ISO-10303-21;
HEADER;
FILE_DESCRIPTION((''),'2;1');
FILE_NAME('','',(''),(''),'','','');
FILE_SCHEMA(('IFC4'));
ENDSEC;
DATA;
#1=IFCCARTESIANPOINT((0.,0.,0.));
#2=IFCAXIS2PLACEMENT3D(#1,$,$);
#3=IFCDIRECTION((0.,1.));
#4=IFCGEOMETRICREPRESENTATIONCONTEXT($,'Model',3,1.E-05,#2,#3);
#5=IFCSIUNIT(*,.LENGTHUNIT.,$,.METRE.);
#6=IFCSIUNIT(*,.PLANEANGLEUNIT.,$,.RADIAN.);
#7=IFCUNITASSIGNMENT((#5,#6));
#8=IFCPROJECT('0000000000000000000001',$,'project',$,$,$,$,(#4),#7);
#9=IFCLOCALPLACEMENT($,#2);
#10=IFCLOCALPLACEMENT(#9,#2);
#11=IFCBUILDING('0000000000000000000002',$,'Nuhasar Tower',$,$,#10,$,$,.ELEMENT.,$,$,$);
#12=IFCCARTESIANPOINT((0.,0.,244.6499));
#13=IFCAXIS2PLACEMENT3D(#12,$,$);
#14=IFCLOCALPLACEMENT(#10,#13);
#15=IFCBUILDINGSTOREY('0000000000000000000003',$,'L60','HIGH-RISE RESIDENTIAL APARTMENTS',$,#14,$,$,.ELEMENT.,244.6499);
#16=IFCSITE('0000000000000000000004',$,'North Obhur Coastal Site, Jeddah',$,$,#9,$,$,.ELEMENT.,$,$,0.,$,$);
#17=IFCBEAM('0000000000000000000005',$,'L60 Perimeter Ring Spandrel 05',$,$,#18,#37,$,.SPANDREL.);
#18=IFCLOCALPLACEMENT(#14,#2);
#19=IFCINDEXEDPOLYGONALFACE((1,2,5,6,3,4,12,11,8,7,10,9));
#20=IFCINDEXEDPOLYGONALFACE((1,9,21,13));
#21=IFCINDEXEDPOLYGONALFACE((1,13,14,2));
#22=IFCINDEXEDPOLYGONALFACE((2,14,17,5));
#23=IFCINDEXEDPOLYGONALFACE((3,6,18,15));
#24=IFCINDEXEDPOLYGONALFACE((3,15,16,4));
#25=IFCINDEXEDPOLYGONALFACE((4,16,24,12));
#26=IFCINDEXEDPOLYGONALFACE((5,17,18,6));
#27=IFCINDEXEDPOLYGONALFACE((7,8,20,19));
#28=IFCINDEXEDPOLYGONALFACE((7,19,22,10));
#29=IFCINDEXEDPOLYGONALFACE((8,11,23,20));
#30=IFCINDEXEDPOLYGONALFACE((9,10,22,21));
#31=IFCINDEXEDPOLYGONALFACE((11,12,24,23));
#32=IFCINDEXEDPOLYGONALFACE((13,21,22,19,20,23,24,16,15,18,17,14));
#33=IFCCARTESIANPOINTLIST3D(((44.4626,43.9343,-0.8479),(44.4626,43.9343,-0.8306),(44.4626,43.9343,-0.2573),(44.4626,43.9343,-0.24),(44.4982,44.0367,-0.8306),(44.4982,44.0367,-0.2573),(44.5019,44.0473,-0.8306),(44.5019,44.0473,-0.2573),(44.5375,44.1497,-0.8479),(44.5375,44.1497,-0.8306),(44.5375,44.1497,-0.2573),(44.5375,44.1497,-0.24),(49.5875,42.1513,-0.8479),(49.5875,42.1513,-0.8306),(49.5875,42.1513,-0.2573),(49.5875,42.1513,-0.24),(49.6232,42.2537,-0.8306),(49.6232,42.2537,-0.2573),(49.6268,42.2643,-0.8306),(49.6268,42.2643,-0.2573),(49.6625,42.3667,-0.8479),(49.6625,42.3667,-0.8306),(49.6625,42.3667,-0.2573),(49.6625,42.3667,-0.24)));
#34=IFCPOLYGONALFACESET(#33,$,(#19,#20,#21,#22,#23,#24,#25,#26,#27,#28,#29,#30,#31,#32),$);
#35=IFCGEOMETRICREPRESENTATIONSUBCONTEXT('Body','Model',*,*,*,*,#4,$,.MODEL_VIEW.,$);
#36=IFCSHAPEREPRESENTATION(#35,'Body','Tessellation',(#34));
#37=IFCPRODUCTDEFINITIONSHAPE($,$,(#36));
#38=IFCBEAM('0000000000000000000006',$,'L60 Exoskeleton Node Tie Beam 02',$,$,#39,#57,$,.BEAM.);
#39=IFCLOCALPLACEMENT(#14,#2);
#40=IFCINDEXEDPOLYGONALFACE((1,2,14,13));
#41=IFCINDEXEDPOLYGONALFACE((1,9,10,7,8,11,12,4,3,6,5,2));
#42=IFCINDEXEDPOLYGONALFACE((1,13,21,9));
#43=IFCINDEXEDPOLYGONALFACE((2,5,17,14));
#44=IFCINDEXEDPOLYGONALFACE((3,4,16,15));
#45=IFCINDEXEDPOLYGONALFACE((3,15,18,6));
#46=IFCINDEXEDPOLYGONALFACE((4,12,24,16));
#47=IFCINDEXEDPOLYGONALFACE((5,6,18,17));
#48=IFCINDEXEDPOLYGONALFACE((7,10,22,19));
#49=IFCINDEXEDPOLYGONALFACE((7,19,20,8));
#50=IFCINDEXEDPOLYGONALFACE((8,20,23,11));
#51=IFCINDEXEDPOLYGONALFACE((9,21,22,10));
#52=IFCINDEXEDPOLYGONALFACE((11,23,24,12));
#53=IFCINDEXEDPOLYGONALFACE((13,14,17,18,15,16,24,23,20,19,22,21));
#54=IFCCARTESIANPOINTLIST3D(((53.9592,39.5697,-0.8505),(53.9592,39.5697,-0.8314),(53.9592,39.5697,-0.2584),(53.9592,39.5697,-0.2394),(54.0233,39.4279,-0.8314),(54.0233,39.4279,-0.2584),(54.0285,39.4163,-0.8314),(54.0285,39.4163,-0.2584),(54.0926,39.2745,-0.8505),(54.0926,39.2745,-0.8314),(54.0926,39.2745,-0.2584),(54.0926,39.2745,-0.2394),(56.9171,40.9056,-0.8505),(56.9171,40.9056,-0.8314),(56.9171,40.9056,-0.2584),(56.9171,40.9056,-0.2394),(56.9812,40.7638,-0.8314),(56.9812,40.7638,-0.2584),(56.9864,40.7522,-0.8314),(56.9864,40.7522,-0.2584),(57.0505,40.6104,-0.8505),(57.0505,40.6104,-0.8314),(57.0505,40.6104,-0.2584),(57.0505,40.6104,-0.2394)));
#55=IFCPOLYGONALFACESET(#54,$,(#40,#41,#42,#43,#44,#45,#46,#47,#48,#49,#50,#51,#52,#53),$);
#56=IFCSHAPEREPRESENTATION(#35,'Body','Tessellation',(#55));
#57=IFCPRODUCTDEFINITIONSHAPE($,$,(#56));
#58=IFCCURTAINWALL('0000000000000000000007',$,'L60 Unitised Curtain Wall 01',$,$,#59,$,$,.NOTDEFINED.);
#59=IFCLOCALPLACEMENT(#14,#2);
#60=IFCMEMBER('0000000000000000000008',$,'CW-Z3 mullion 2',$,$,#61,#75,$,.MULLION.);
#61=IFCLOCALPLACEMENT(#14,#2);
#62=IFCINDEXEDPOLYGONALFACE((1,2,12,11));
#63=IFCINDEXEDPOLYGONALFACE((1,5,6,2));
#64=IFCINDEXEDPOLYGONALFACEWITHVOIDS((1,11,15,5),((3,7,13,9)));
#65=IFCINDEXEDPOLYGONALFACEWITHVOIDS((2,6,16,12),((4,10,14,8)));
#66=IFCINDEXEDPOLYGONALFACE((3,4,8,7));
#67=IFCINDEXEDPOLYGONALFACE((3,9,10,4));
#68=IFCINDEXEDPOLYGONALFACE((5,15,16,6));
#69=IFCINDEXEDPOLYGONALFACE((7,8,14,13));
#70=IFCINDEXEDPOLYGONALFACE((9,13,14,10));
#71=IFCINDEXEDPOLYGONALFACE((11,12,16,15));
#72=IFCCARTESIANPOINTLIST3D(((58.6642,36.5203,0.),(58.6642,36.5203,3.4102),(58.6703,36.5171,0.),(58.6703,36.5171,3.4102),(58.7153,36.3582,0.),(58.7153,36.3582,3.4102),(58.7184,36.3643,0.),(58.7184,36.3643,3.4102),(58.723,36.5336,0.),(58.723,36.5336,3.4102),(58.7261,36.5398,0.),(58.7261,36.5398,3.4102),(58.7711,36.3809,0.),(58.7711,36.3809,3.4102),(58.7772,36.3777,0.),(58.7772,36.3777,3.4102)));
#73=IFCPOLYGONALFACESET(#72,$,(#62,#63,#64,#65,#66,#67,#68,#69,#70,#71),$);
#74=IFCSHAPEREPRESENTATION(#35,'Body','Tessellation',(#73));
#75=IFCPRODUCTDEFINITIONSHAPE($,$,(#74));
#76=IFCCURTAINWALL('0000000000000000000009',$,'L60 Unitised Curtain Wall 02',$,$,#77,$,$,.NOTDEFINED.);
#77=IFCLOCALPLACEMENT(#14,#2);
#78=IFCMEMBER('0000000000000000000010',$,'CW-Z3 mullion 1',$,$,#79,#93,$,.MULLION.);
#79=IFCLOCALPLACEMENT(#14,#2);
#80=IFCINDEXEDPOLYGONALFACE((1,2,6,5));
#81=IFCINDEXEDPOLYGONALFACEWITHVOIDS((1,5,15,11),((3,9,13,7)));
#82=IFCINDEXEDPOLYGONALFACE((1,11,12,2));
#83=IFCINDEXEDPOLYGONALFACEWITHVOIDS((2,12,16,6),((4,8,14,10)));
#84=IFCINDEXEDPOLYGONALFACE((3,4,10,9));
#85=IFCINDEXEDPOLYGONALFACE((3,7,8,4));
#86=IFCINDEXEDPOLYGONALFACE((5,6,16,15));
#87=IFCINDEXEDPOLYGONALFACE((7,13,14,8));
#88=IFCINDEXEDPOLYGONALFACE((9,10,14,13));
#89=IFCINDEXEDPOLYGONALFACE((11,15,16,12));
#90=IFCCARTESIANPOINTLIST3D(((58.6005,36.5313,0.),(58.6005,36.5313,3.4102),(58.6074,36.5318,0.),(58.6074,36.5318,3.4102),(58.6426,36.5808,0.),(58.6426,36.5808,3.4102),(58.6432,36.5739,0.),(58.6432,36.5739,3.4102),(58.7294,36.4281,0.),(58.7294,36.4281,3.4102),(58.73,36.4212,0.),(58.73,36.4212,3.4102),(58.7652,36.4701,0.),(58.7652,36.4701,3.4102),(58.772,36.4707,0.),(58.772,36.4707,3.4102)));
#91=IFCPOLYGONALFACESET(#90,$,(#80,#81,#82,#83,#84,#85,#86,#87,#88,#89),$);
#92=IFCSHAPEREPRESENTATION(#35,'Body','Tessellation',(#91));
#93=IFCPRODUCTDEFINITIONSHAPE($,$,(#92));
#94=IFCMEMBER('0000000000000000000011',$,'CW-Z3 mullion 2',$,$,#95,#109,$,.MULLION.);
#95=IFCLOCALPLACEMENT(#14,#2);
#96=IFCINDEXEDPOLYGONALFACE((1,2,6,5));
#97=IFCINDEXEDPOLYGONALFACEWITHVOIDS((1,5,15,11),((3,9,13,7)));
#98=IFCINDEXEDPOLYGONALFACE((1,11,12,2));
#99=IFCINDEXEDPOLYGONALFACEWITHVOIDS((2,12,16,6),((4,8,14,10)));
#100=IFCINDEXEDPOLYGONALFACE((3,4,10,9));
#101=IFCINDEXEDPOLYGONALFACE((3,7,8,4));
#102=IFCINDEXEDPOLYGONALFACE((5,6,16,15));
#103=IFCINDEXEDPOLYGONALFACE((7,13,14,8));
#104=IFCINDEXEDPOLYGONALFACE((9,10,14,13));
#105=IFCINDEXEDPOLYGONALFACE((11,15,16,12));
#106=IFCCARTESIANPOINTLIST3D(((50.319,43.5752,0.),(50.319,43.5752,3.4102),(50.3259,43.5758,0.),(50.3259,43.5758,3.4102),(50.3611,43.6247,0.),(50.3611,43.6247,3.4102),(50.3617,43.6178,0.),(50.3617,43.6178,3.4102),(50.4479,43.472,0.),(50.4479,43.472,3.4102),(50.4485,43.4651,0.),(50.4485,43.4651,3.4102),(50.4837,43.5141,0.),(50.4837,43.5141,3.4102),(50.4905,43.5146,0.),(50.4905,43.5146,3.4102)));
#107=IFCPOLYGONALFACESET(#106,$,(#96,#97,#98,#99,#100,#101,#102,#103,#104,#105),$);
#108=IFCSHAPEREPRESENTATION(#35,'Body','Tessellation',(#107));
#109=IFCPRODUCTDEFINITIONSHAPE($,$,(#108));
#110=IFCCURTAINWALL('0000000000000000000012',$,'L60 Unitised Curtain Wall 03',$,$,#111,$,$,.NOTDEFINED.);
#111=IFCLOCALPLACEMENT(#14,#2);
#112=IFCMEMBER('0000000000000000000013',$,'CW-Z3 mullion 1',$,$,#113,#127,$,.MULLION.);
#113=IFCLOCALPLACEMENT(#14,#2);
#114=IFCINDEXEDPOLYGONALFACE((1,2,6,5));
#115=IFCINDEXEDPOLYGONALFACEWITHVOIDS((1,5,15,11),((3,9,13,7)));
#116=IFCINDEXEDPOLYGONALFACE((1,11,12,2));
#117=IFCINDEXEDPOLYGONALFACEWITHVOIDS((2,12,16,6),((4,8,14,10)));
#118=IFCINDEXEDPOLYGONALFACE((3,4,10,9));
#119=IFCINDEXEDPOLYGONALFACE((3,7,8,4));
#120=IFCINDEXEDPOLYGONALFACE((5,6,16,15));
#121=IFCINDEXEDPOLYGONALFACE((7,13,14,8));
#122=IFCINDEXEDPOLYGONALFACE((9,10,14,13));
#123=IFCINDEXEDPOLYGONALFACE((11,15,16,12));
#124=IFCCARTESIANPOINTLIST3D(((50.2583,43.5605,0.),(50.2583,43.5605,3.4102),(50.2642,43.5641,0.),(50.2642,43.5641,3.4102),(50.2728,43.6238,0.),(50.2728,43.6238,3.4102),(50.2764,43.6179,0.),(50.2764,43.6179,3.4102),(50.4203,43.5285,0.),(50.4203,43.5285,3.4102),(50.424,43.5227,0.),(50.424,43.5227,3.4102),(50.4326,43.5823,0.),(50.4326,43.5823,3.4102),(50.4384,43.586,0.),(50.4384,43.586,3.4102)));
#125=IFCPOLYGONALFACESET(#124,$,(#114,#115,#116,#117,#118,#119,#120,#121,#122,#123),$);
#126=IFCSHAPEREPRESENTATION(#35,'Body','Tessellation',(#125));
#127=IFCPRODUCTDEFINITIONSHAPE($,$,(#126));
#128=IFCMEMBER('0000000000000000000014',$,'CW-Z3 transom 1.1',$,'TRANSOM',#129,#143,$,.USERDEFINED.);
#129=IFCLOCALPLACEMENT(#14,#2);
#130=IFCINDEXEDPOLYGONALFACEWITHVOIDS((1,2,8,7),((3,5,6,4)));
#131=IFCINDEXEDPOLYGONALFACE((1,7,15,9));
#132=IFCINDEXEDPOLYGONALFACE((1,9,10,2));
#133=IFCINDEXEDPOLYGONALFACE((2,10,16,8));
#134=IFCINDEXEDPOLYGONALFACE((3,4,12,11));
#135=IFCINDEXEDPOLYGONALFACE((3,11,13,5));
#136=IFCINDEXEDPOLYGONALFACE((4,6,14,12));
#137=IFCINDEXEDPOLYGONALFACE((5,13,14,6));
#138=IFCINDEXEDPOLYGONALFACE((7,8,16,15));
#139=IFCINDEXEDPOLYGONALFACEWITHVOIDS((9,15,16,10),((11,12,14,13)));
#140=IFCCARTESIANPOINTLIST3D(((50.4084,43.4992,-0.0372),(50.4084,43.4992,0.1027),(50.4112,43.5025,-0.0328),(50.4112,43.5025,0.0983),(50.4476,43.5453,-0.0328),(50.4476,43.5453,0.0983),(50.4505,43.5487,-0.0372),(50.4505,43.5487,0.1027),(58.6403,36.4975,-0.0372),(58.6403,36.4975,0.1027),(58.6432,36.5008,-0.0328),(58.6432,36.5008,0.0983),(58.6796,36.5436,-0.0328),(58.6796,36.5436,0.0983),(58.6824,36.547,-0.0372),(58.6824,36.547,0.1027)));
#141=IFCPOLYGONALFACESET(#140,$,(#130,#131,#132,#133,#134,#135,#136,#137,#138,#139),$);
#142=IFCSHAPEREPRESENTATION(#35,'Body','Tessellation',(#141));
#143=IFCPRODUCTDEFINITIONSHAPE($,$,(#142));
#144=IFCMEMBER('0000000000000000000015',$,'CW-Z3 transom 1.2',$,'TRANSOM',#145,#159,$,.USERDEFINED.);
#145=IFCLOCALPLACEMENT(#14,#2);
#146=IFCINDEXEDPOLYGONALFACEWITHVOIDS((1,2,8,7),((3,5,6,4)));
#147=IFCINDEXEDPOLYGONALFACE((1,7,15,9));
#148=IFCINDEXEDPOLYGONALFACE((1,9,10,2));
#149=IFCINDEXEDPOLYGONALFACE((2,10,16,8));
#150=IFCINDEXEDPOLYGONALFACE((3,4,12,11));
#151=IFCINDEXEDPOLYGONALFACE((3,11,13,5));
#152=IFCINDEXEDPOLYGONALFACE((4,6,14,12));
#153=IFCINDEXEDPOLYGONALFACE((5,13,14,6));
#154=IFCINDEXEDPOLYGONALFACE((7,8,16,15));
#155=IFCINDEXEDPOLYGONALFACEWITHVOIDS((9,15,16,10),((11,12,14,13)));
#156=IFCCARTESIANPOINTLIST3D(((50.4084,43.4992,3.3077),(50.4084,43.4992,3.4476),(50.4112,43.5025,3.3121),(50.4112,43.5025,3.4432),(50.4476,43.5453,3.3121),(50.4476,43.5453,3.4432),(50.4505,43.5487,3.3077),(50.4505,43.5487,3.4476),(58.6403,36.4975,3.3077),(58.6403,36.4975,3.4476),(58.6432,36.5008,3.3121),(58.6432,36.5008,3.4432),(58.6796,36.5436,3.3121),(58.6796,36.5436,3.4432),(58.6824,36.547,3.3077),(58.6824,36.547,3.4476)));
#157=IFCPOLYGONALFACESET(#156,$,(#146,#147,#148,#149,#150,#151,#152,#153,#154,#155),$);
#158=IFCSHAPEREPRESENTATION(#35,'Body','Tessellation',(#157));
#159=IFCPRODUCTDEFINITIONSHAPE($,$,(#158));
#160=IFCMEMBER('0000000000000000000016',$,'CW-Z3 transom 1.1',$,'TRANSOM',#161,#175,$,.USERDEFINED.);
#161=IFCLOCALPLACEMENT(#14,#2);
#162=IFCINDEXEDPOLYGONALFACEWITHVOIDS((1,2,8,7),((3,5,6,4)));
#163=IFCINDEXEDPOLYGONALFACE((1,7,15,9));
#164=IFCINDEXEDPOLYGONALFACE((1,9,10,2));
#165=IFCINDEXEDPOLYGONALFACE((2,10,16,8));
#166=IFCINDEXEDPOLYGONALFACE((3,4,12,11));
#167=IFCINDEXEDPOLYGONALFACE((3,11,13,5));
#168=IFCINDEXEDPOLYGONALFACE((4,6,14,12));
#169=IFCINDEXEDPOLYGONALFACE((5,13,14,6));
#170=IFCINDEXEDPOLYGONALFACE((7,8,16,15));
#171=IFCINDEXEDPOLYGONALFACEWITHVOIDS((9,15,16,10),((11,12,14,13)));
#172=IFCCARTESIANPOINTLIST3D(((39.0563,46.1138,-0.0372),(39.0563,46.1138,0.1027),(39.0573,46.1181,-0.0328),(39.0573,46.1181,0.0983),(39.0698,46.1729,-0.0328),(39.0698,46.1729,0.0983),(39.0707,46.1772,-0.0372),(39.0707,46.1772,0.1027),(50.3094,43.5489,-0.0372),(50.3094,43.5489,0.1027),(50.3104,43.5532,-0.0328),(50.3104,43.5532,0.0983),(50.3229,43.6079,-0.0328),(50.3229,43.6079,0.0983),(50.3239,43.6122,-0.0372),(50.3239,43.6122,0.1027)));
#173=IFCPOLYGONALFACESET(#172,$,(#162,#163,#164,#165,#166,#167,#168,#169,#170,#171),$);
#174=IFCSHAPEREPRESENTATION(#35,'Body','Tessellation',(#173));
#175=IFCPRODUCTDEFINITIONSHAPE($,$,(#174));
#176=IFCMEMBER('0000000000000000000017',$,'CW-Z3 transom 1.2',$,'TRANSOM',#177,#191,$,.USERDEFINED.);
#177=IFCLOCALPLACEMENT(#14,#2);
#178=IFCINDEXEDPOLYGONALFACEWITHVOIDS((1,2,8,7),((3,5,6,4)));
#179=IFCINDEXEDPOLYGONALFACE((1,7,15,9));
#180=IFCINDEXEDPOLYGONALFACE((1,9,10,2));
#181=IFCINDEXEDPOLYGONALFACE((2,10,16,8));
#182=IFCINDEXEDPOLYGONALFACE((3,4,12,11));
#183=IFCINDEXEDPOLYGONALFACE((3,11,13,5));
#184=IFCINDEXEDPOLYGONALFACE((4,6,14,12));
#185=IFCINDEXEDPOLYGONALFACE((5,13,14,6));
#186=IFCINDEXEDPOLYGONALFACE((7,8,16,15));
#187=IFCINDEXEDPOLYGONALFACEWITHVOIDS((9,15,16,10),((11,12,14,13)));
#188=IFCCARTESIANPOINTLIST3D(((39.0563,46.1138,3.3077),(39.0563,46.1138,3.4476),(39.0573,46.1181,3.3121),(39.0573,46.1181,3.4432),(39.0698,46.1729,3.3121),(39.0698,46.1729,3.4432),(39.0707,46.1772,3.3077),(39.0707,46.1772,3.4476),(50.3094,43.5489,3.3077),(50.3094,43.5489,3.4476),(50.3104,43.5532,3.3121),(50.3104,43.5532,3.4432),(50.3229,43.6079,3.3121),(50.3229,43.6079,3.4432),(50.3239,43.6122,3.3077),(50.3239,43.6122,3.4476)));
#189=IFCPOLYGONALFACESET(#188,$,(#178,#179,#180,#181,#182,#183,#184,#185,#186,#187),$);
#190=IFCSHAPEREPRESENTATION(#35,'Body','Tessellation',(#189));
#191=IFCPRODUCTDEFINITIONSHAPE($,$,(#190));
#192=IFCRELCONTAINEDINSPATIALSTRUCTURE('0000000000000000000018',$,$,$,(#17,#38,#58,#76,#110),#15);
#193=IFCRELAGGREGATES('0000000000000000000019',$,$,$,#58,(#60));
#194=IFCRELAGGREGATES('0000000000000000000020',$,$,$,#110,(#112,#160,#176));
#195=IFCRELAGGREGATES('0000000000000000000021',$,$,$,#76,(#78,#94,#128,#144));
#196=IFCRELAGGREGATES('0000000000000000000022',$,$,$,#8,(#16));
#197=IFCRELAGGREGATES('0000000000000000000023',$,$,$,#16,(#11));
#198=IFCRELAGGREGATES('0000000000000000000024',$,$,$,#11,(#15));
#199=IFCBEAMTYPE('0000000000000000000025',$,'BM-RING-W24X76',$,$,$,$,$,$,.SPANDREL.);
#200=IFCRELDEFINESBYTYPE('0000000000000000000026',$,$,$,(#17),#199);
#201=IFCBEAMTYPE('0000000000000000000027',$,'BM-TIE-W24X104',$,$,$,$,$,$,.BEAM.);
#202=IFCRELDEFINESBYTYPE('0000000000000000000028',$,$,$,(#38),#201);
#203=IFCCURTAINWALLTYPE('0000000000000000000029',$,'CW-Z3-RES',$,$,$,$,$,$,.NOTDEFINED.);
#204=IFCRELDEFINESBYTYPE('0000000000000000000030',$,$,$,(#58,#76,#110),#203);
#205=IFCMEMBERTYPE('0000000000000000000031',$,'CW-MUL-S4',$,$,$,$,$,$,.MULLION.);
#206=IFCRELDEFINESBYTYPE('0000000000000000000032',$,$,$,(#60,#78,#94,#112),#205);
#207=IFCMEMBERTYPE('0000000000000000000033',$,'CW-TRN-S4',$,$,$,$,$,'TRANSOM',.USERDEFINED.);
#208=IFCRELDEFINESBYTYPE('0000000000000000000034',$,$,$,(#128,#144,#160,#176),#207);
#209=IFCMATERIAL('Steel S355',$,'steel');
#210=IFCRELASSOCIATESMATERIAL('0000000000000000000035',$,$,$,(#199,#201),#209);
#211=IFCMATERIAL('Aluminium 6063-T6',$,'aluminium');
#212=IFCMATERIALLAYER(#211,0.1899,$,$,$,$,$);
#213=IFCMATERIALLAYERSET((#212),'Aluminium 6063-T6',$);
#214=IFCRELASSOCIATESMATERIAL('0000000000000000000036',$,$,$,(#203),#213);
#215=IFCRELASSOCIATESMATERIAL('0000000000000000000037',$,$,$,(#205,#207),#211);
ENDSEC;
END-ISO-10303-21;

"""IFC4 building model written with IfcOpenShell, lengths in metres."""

from ifc_helpers import new_model, si_unit, direction, frame, origin, origin_2d, place, context, subcontext, project, spatial, hollow_rectangle, i_section, extrude, material, layer, layer_set, material_profile, profile_set, type_object, element, aggregate, save


model = new_model("IFC4")

# Units and contexts
model_context = context("Model", 3, precision=1e-05, world=origin(), true_north=direction((0.0, 1.0)))
body_context = subcontext(model_context, "Body", "Model", "MODEL_VIEW")
ifc_project = project(units=[si_unit("LENGTHUNIT", "METRE"), si_unit("PLANEANGLEUNIT", "RADIAN")], contexts=[model_context])

# Site, building, storey
site_placement = place(None, origin())
site = spatial("IfcSite", under=ifc_project, at=site_placement, Name="North Obhur Coastal Site, Jeddah", CompositionType="ELEMENT", RefElevation=0.0)
building_placement = place(site_placement, origin())
building = spatial("IfcBuilding", under=site, at=building_placement, Name="Nuhasar Tower", CompositionType="ELEMENT")
storey_placement = place(building_placement, frame((0.0, 0.0, 244.6499)))
storey = spatial("IfcBuildingStorey", under=building, at=storey_placement, Name="L60", Description="HIGH-RISE RESIDENTIAL APARTMENTS", CompositionType="ELEMENT", Elevation=244.6499)

# Beams
ifc_material_1 = material(Name="Steel S355", Category="steel")
ifc_material_profile_1 = material_profile(ifc_material_1, i_section(OverallWidth=0.228, OverallDepth=0.6079, WebThickness=0.0112, FlangeThickness=0.0173, at=origin_2d()), Name="W24X76")
ifc_profile_set_1 = profile_set([ifc_material_profile_1], Name="Steel S355")
beam_type_1 = type_object("IfcBeamType", Name="BM-RING-W24X76", PredefinedType="SPANDREL", material=ifc_profile_set_1)
beam_1_placement = place(storey_placement, frame((49.625, 42.259, -0.5439), z_axis=(-0.944477, 0.328578, 0.0), x_axis=(-0.328578, -0.944477, 0.0)))
element("IfcBeam", 1, at=beam_1_placement, inside=storey, type_object=beam_type_1, Name="L60 Perimeter Ring Spandrel 05", PredefinedType="SPANDREL", context=body_context, shape_type="SweptSolid", body=[
    extrude(i_section(OverallWidth=0.228, OverallDepth=0.6079, WebThickness=0.0112, FlangeThickness=0.0173, at=origin_2d()), origin(), (0.0, 0.0, 1.0), 5.4263),
])
ifc_material_profile_2 = material_profile(ifc_material_1, i_section(OverallWidth=0.324, OverallDepth=0.6111, WebThickness=0.0127, FlangeThickness=0.019, at=origin_2d()), Name="W24X104")
ifc_profile_set_2 = profile_set([ifc_material_profile_2], Name="Steel S355")
beam_type_2 = type_object("IfcBeamType", Name="BM-TIE-W24X104", PredefinedType="BEAM", material=ifc_profile_set_2)
beam_2_placement = place(storey_placement, frame((54.0259, 39.4221, -0.5449), z_axis=(0.911363, 0.411603, 0.0), x_axis=(-0.411603, 0.911363, 0.0)))
element("IfcBeam", 2, at=beam_2_placement, inside=storey, type_object=beam_type_2, Name="L60 Exoskeleton Node Tie Beam 02", PredefinedType="BEAM", context=body_context, shape_type="SweptSolid", body=[
    extrude(i_section(OverallWidth=0.324, OverallDepth=0.6111, WebThickness=0.0127, FlangeThickness=0.019, at=origin_2d()), origin(), (0.0, 0.0, 1.0), 3.2456),
])

# Curtain wall, member
ifc_material_2 = material(Name="Aluminium 6063-T6", Category="aluminium")
ifc_layer_1 = layer(ifc_material_2, 0.1899)
ifc_layer_set_1 = layer_set([ifc_layer_1], Name="Aluminium 6063-T6")
curtain_wall_type = type_object("IfcCurtainWallType", Name="CW-Z3-RES", PredefinedType="NOTDEFINED", material=ifc_layer_set_1)
curtain_wall_1_placement = place(storey_placement, origin())
curtain_wall_1 = element("IfcCurtainWall", 3, at=curtain_wall_1_placement, inside=storey, type_object=curtain_wall_type, Name="L60 Unitised Curtain Wall 01", PredefinedType="NOTDEFINED")
ifc_material_profile_3 = material_profile(ifc_material_2, hollow_rectangle(XDim=0.0649, YDim=0.1699, WallThickness=0.0049, at=origin_2d()), Name="CWM-4")
ifc_profile_set_3 = profile_set([ifc_material_profile_3], Name="Aluminium 6063-T6")
member_type_1 = type_object("IfcMemberType", Name="CW-MUL-S4", PredefinedType="MULLION", material=ifc_profile_set_3)
member_1_placement = place(storey_placement, frame((58.7207, 36.449, 0.0), z_axis=(0.0, 0.0, 1.0), x_axis=(-0.953804, -0.300429, 0.0)))
member_1 = element("IfcMember", 4, at=member_1_placement, type_object=member_type_1, Name="CW-Z3 mullion 2", PredefinedType="MULLION", context=body_context, shape_type="SweptSolid", body=[
    extrude(hollow_rectangle(XDim=0.0649, YDim=0.1699, WallThickness=0.0049, at=origin_2d()), origin(), (0.0, 0.0, 1.0), 3.4102),
])
aggregate(curtain_wall_1, [member_1])

# Curtain wall, members
curtain_wall_2_placement = place(storey_placement, origin())
curtain_wall_2 = element("IfcCurtainWall", 5, at=curtain_wall_2_placement, inside=storey, type_object=curtain_wall_type, Name="L60 Unitised Curtain Wall 02", PredefinedType="NOTDEFINED")
member_2_placement = place(storey_placement, frame((58.6863, 36.501, 0.0), z_axis=(0.0, 0.0, 1.0), x_axis=(-0.647895, -0.761729, 0.0)))
member_2 = element("IfcMember", 6, at=member_2_placement, type_object=member_type_1, Name="CW-Z3 mullion 1", PredefinedType="MULLION", context=body_context, shape_type="SweptSolid", body=[
    extrude(hollow_rectangle(XDim=0.0649, YDim=0.1699, WallThickness=0.0049, at=origin_2d()), origin(), (0.0, 0.0, 1.0), 3.4102),
])
member_3_placement = place(storey_placement, frame((50.4048, 43.5449, 0.0), z_axis=(0.0, 0.0, 1.0), x_axis=(-0.647895, -0.761729, 0.0)))
member_3 = element("IfcMember", 7, at=member_3_placement, type_object=member_type_1, Name="CW-Z3 mullion 2", PredefinedType="MULLION", context=body_context, shape_type="SweptSolid", body=[
    extrude(hollow_rectangle(XDim=0.0649, YDim=0.1699, WallThickness=0.0049, at=origin_2d()), origin(), (0.0, 0.0, 1.0), 3.4102),
])

# Curtain wall, member
curtain_wall_3_placement = place(storey_placement, origin())
curtain_wall_3 = element("IfcCurtainWall", 8, at=curtain_wall_3_placement, inside=storey, type_object=curtain_wall_type, Name="L60 Unitised Curtain Wall 03", PredefinedType="NOTDEFINED")
member_4_placement = place(storey_placement, frame((50.3484, 43.5732, 0.0), z_axis=(0.0, 0.0, 1.0), x_axis=(-0.222243, -0.974991, 0.0)))
member_4 = element("IfcMember", 9, at=member_4_placement, type_object=member_type_1, Name="CW-Z3 mullion 1", PredefinedType="MULLION", context=body_context, shape_type="SweptSolid", body=[
    extrude(hollow_rectangle(XDim=0.0649, YDim=0.1699, WallThickness=0.0049, at=origin_2d()), origin(), (0.0, 0.0, 1.0), 3.4102),
])

# Members
ifc_material_profile_4 = material_profile(ifc_material_2, hollow_rectangle(XDim=0.0649, YDim=0.1399, WallThickness=0.0044, at=origin_2d()), Name="CWT-4")
ifc_profile_set_4 = profile_set([ifc_material_profile_4], Name="Aluminium 6063-T6")
member_type_2 = type_object("IfcMemberType", Name="CW-TRN-S4", ElementType="TRANSOM", PredefinedType="USERDEFINED", material=ifc_profile_set_4)
member_5_placement = place(storey_placement, frame((58.6614, 36.5222, 0.0327), z_axis=(-0.761731, 0.647894, 0.0), x_axis=(-0.647894, -0.761731, 0.0)))
member_5 = element("IfcMember", 10, at=member_5_placement, type_object=member_type_2, Name="CW-Z3 transom 1.1", ObjectType="TRANSOM", PredefinedType="USERDEFINED", context=body_context, shape_type="SweptSolid", body=[
    extrude(hollow_rectangle(XDim=0.0649, YDim=0.1399, WallThickness=0.0044, at=origin_2d()), origin(), (0.0, 0.0, 1.0), 10.8069),
])
member_6_placement = place(storey_placement, frame((58.6614, 36.5222, 3.3777), z_axis=(-0.761731, 0.647894, 0.0), x_axis=(-0.647894, -0.761731, 0.0)))
member_6 = element("IfcMember", 11, at=member_6_placement, type_object=member_type_2, Name="CW-Z3 transom 1.2", ObjectType="TRANSOM", PredefinedType="USERDEFINED", context=body_context, shape_type="SweptSolid", body=[
    extrude(hollow_rectangle(XDim=0.0649, YDim=0.1399, WallThickness=0.0044, at=origin_2d()), origin(), (0.0, 0.0, 1.0), 10.8069),
])
member_7_placement = place(storey_placement, frame((50.3167, 43.5806, 0.0327), z_axis=(-0.974994, 0.222231, 0.0), x_axis=(-0.222231, -0.974994, 0.0)))
member_7 = element("IfcMember", 12, at=member_7_placement, type_object=member_type_2, Name="CW-Z3 transom 1.1", ObjectType="TRANSOM", PredefinedType="USERDEFINED", context=body_context, shape_type="SweptSolid", body=[
    extrude(hollow_rectangle(XDim=0.0649, YDim=0.1399, WallThickness=0.0044, at=origin_2d()), origin(), (0.0, 0.0, 1.0), 11.5417),
])
member_8_placement = place(storey_placement, frame((50.3167, 43.5806, 3.3777), z_axis=(-0.974994, 0.222231, 0.0), x_axis=(-0.222231, -0.974994, 0.0)))
member_8 = element("IfcMember", 13, at=member_8_placement, type_object=member_type_2, Name="CW-Z3 transom 1.2", ObjectType="TRANSOM", PredefinedType="USERDEFINED", context=body_context, shape_type="SweptSolid", body=[
    extrude(hollow_rectangle(XDim=0.0649, YDim=0.1399, WallThickness=0.0044, at=origin_2d()), origin(), (0.0, 0.0, 1.0), 11.5417),
])
aggregate(curtain_wall_3, [member_4, member_7, member_8])

aggregate(curtain_wall_2, [member_2, member_3, member_5, member_6])

save(model, "model.ifc")
